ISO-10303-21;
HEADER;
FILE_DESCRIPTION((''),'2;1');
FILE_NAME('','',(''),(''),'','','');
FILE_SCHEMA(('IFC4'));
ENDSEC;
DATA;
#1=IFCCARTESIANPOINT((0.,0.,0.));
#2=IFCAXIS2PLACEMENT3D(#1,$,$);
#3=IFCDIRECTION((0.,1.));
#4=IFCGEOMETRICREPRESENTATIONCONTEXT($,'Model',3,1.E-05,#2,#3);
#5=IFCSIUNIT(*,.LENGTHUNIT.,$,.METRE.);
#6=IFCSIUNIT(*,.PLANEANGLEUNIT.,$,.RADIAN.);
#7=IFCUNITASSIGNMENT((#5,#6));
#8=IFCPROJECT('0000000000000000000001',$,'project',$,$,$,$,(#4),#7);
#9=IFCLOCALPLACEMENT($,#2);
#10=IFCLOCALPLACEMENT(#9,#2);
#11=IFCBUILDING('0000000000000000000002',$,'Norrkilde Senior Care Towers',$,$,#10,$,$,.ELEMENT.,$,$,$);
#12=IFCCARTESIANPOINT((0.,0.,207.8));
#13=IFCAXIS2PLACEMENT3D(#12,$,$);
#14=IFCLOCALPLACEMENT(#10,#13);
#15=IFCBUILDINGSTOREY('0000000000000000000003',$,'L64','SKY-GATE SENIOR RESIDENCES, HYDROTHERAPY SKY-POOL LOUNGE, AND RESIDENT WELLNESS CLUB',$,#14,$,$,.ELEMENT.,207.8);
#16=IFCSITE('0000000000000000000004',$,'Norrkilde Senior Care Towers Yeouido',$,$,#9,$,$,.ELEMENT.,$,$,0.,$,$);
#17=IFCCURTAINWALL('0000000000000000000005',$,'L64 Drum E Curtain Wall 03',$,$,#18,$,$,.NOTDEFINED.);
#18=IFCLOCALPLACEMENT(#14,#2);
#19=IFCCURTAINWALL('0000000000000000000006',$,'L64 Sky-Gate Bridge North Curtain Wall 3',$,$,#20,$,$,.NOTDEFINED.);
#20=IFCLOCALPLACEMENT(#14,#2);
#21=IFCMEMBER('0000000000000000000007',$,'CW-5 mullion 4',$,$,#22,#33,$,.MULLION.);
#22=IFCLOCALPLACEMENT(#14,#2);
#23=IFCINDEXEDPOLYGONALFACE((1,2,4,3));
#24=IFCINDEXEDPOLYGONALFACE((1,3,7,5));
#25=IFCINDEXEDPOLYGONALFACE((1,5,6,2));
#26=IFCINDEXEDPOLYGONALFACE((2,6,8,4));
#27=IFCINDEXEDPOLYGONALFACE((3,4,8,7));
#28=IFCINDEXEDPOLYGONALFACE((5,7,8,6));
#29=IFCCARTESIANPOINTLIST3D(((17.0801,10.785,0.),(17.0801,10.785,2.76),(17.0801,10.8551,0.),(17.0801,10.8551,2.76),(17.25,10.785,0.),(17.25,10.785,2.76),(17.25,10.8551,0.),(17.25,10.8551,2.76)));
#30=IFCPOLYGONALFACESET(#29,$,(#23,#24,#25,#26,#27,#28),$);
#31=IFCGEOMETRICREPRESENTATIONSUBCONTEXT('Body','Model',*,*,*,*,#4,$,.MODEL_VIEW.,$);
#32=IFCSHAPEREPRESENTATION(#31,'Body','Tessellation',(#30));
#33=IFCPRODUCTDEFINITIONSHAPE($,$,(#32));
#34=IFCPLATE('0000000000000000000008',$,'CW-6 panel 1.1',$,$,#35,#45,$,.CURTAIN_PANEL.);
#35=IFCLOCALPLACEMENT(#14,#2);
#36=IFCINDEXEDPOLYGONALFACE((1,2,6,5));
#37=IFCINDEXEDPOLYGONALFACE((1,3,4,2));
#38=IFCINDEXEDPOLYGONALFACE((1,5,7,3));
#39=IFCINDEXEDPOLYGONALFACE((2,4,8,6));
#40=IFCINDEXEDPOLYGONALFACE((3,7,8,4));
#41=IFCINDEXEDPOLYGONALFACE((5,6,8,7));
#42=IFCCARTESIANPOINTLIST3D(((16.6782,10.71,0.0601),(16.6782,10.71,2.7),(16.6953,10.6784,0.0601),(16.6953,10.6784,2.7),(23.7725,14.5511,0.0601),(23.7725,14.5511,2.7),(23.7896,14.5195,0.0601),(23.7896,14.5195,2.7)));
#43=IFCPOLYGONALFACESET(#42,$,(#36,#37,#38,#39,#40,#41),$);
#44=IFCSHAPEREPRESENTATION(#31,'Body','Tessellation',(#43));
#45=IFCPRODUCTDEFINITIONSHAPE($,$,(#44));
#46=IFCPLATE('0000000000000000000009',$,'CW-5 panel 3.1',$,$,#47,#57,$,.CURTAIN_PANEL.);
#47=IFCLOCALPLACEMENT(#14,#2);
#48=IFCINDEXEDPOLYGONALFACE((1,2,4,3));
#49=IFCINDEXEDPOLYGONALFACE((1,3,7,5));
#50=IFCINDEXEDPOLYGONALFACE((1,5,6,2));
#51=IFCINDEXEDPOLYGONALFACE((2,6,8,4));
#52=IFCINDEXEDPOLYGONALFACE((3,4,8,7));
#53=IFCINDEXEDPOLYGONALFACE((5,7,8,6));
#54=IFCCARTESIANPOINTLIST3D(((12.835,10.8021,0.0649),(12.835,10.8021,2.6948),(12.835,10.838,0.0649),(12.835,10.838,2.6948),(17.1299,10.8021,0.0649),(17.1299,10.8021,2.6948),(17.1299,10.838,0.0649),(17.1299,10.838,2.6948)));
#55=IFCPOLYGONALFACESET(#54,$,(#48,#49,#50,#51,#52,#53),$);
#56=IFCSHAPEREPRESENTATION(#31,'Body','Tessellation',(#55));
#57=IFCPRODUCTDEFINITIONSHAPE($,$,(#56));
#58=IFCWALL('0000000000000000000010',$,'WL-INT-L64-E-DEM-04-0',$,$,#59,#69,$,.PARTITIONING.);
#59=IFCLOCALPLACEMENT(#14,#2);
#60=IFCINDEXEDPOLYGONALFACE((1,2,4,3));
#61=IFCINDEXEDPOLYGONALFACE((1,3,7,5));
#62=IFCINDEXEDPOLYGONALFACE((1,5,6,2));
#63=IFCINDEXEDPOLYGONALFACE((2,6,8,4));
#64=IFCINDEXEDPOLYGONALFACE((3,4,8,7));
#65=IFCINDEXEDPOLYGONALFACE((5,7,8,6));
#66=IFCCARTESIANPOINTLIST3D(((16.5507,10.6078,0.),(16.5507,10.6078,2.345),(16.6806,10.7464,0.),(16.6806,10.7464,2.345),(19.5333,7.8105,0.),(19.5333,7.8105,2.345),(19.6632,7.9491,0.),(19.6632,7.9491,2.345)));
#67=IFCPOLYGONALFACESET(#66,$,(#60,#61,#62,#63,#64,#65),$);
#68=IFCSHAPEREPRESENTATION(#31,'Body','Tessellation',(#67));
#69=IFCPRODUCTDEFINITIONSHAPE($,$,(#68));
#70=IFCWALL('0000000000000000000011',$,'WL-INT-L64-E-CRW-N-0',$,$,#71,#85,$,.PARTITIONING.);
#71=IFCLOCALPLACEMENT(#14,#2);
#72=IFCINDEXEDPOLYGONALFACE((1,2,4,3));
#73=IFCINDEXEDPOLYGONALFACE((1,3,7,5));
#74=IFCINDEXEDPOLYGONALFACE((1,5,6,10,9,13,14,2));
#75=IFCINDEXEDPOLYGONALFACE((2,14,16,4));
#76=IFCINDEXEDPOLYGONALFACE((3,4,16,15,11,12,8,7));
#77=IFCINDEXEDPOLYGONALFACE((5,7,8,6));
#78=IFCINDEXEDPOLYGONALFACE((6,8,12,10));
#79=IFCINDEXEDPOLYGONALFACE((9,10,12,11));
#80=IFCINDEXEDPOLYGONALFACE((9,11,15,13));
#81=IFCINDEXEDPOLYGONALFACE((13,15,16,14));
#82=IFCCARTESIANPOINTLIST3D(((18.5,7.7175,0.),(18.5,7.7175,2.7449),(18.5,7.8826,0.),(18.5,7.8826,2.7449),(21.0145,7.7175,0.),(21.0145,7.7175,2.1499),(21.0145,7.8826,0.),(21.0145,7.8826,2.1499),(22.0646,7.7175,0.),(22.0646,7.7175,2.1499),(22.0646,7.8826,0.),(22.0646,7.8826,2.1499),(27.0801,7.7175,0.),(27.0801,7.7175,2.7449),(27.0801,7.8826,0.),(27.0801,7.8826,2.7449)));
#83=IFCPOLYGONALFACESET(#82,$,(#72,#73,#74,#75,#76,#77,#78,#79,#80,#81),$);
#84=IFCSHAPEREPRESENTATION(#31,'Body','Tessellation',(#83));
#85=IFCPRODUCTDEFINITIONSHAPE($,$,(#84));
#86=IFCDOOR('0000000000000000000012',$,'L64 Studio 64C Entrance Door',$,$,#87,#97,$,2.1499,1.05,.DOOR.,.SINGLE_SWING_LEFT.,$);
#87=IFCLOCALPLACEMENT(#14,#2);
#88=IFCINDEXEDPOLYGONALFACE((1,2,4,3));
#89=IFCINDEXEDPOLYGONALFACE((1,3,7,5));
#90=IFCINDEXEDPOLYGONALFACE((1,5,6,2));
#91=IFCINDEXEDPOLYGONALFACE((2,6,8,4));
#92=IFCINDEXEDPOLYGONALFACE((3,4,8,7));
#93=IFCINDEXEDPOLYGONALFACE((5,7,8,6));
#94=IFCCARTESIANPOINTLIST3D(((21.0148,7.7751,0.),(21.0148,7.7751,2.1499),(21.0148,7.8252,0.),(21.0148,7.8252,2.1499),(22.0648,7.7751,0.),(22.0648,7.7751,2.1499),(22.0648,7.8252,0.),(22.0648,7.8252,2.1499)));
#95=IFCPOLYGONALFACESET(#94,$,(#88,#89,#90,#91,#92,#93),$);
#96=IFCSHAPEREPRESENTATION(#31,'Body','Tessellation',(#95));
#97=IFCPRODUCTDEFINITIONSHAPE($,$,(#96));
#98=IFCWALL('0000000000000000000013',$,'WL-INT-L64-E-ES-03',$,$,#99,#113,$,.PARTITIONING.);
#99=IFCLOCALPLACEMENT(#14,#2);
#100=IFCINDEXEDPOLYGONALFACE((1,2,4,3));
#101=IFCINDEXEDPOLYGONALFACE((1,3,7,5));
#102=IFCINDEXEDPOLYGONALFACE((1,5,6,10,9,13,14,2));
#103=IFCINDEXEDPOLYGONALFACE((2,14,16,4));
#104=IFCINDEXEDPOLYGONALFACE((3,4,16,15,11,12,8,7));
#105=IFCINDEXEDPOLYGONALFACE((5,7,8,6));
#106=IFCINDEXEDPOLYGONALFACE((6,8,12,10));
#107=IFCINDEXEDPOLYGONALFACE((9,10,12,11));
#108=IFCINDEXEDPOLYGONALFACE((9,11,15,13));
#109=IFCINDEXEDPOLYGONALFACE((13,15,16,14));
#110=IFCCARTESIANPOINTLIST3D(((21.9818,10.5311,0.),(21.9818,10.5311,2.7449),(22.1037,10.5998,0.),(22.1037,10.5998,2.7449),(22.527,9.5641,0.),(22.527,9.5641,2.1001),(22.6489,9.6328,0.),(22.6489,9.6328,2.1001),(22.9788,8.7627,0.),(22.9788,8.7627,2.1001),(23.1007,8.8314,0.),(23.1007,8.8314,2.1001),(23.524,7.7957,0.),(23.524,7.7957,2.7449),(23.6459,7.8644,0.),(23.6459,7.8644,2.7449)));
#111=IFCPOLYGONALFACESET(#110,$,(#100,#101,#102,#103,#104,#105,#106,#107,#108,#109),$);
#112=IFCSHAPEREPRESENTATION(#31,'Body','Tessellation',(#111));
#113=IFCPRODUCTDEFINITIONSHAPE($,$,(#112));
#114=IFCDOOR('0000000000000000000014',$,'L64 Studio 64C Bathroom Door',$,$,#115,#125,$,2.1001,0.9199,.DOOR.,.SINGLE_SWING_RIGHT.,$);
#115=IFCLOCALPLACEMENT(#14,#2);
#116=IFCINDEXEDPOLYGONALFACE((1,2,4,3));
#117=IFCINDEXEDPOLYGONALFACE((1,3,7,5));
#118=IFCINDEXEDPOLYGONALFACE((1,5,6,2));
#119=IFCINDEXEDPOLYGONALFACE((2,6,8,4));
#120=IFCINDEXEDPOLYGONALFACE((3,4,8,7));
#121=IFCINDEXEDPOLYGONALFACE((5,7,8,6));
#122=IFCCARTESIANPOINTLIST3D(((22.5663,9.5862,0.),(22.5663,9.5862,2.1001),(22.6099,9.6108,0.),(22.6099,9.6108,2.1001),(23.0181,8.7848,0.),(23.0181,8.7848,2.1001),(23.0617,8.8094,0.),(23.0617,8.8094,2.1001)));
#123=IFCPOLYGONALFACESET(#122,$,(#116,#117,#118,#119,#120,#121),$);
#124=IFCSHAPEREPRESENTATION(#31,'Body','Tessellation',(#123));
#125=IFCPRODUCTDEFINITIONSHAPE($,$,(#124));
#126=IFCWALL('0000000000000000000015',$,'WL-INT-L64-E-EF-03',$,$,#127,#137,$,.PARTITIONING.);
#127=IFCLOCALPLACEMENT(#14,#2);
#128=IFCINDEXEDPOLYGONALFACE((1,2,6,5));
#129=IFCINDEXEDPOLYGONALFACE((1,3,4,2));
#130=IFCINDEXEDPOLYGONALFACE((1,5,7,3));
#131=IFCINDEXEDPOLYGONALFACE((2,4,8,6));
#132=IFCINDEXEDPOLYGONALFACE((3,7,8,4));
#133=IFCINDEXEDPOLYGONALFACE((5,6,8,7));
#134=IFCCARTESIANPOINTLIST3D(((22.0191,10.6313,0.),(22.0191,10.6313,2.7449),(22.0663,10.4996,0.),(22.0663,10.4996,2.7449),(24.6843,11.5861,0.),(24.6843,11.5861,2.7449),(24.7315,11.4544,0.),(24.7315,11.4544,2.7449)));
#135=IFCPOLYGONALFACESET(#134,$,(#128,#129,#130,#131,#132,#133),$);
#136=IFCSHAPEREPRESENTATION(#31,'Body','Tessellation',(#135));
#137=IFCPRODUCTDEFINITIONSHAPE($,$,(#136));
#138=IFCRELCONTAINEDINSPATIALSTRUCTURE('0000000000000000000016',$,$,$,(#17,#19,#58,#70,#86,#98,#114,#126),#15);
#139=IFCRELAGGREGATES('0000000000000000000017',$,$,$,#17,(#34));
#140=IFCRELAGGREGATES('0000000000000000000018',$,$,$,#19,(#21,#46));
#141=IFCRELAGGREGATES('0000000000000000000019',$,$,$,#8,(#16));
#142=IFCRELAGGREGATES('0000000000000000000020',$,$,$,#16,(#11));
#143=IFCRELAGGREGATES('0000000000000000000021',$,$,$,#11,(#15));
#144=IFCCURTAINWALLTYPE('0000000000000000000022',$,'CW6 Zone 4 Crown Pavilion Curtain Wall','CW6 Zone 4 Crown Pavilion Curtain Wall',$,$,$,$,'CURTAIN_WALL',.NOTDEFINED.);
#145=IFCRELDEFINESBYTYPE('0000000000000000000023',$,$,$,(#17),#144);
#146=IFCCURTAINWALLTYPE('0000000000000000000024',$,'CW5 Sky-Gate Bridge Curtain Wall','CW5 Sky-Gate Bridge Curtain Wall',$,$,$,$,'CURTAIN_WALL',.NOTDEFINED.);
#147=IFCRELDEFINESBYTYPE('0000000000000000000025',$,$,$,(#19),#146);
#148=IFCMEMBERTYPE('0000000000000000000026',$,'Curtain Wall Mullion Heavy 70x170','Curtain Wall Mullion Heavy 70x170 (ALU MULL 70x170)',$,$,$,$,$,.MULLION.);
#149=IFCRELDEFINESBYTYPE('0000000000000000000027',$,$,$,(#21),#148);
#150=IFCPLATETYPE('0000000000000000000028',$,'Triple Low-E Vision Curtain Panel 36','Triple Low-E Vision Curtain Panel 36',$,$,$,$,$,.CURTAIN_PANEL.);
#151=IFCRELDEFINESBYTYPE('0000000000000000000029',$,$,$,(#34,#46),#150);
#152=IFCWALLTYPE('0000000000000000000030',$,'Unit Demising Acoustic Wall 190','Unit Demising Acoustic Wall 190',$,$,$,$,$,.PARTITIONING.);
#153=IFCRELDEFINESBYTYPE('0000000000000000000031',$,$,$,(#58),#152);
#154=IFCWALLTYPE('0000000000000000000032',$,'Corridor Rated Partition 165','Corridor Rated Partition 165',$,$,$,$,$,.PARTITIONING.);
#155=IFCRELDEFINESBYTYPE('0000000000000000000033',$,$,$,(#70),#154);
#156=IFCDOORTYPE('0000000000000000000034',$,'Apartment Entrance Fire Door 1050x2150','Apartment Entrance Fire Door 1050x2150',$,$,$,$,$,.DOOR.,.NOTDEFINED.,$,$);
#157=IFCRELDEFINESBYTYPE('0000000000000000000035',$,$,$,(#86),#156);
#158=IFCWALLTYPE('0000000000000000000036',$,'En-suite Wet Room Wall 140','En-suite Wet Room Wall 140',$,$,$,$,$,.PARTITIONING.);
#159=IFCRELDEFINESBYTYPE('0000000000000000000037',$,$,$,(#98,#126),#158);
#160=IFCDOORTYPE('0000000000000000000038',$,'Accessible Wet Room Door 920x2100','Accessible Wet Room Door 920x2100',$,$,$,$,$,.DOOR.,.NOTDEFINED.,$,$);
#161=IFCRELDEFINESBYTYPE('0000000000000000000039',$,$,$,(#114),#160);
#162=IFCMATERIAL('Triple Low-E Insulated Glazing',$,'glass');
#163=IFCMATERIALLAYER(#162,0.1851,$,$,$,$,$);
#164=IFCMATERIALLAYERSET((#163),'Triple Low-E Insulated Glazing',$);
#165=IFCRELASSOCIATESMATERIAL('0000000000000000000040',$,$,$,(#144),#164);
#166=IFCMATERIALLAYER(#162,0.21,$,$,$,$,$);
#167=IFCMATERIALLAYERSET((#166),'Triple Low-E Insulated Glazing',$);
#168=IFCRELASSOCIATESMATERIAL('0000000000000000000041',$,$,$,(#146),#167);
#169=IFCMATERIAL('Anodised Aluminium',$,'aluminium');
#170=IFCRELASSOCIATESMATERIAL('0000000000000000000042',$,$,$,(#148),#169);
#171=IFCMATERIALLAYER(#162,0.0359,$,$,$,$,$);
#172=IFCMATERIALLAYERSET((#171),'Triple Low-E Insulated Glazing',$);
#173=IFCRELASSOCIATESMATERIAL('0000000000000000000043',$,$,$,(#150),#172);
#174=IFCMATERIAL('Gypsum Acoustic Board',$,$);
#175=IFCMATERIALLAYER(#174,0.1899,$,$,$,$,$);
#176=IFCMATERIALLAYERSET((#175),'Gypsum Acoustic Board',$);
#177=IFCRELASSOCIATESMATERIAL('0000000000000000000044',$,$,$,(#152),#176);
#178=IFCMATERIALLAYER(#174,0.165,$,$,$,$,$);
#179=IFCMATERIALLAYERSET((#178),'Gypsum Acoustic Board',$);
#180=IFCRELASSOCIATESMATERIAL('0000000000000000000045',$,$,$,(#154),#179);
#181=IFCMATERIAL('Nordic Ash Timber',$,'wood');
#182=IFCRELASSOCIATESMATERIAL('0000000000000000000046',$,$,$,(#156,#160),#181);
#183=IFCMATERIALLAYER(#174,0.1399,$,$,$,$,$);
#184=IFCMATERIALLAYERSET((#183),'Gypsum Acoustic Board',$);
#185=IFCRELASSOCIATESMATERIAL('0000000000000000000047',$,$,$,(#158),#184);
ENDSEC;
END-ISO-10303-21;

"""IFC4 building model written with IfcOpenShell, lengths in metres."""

from ifc_helpers import new_model, si_unit, direction, frame, frame_2d, origin, origin_2d, place, context, subcontext, project, spatial, rectangle, extrude, source, transform, mapped, material, layer, layer_set, material_profile, profile_set, type_object, type_shapes, element, fill, aggregate, save


model = new_model("IFC4")

# Units and contexts
model_context = context("Model", 3, precision=1e-05, world=origin(), true_north=direction((0.0, 1.0)))
body_context = subcontext(model_context, "Body", "Model", "MODEL_VIEW")
ifc_project = project(units=[si_unit("LENGTHUNIT", "METRE"), si_unit("PLANEANGLEUNIT", "RADIAN")], contexts=[model_context])

# Site, building, storey
site_placement = place(None, origin())
site = spatial("IfcSite", under=ifc_project, at=site_placement, Name="Norrkilde Senior Care Towers Yeouido", CompositionType="ELEMENT", RefElevation=0.0)
building_placement = place(site_placement, origin())
building = spatial("IfcBuilding", under=site, at=building_placement, Name="Norrkilde Senior Care Towers", CompositionType="ELEMENT")
storey_placement = place(building_placement, frame((0.0, 0.0, 207.8)))
storey = spatial("IfcBuildingStorey", under=building, at=storey_placement, Name="L64", Description="SKY-GATE SENIOR RESIDENCES, HYDROTHERAPY SKY-POOL LOUNGE, AND RESIDENT WELLNESS CLUB", CompositionType="ELEMENT", Elevation=207.8)

# Curtain walls, member
ifc_material_1 = material(Name="Triple Low-E Insulated Glazing", Category="glass")
ifc_layer_1 = layer(ifc_material_1, 0.1851)
ifc_layer_set_1 = layer_set([ifc_layer_1], Name="Triple Low-E Insulated Glazing")
curtain_wall_type_1 = type_object("IfcCurtainWallType", Name="CW6 Zone 4 Crown Pavilion Curtain Wall", Description="CW6 Zone 4 Crown Pavilion Curtain Wall", ElementType="CURTAIN_WALL", PredefinedType="NOTDEFINED", material=ifc_layer_set_1)
curtain_wall_1_placement = place(storey_placement, origin())
curtain_wall_1 = element("IfcCurtainWall", 1, at=curtain_wall_1_placement, inside=storey, type_object=curtain_wall_type_1, Name="L64 Drum E Curtain Wall 03", PredefinedType="NOTDEFINED")
ifc_material_2 = material(Name="Anodised Aluminium", Category="aluminium")
ifc_layer_2 = layer(ifc_material_1, 0.21)
ifc_layer_set_2 = layer_set([ifc_layer_2], Name="Triple Low-E Insulated Glazing")
curtain_wall_type_2 = type_object("IfcCurtainWallType", Name="CW5 Sky-Gate Bridge Curtain Wall", Description="CW5 Sky-Gate Bridge Curtain Wall", ElementType="CURTAIN_WALL", PredefinedType="NOTDEFINED", material=ifc_layer_set_2)
curtain_wall_2_placement = place(storey_placement, origin())
curtain_wall_2 = element("IfcCurtainWall", 2, at=curtain_wall_2_placement, inside=storey, type_object=curtain_wall_type_2, Name="L64 Sky-Gate Bridge North Curtain Wall 3", PredefinedType="NOTDEFINED")
ifc_material_profile_1 = material_profile(ifc_material_2, rectangle(XDim=0.0701, YDim=0.1699, at=origin_2d()), Name="ALU MULL 70x170")
ifc_profile_set_1 = profile_set([ifc_material_profile_1], Name="Anodised Aluminium")
member_type_1 = type_object("IfcMemberType", Name="Curtain Wall Mullion Heavy 70x170", Description="Curtain Wall Mullion Heavy 70x170 (ALU MULL 70x170)", PredefinedType="MULLION", material=ifc_profile_set_1)
shared_shape_1 = source(origin(), body_context, "Body", "SweptSolid", [
    extrude(rectangle(XDim=0.0701, YDim=0.1699, at=origin_2d()), origin(), (0.0, 0.0, 1.0), 2.76),
])
type_shapes(member_type_1, [shared_shape_1])
member_1_placement = place(storey_placement, frame((17.165, 10.8201, 0.0), z_axis=(0.0, 0.0, 1.0), x_axis=(0.0, 1.0, 0.0)))
member_1 = element("IfcMember", 3, at=member_1_placement, type_object=member_type_1, Name="CW-5 mullion 4", PredefinedType="MULLION", context=body_context, shape_type="MappedRepresentation", body=[
    mapped(shared_shape_1, transform((0.0, 0.0, 0.0), x_axis=(1.0, 0.0, 0.0), y_axis=(0.0, 1.0, 0.0), z_axis=(0.0, 0.0, 1.0), scale=1.0)),
])

# Plates
ifc_layer_3 = layer(ifc_material_1, 0.0359)
ifc_layer_set_3 = layer_set([ifc_layer_3], Name="Triple Low-E Insulated Glazing")
plate_type = type_object("IfcPlateType", Name="Triple Low-E Vision Curtain Panel 36", Description="Triple Low-E Vision Curtain Panel 36", PredefinedType="CURTAIN_PANEL", material=ifc_layer_set_3)
shared_shape_2 = source(origin(), body_context, "Body", "SweptSolid", [
    extrude(rectangle(XDim=8.0674, YDim=0.0359, at=origin_2d()), origin(), (0.0, 0.0, 1.0), 2.6399),
])
plate_1_placement = place(storey_placement, frame((20.2339, 12.6147, 0.0601), z_axis=(0.0, 0.0, 1.0), x_axis=(0.879373, 0.476133, 0.0)))
plate_1 = element("IfcPlate", 4, at=plate_1_placement, type_object=plate_type, Name="CW-6 panel 1.1", PredefinedType="CURTAIN_PANEL", context=body_context, shape_type="MappedRepresentation", body=[
    mapped(shared_shape_2, transform((0.0, 0.0, 0.0), x_axis=(1.0, 0.0, 0.0), y_axis=(0.0, 1.0, 0.0), z_axis=(0.0, 0.0, 1.0), scale=1.0)),
])
aggregate(curtain_wall_1, [plate_1])
shared_shape_3 = source(origin(), body_context, "Body", "SweptSolid", [
    extrude(rectangle(XDim=4.2949, YDim=0.0359, at=origin_2d()), origin(), (0.0, 0.0, 1.0), 2.6299),
])
type_shapes(plate_type, [shared_shape_2, shared_shape_3])
plate_2_placement = place(storey_placement, frame((14.9824, 10.8201, 0.0649), z_axis=(0.0, 0.0, 1.0), x_axis=(1.0, 0.0, 0.0)))
plate_2 = element("IfcPlate", 5, at=plate_2_placement, type_object=plate_type, Name="CW-5 panel 3.1", PredefinedType="CURTAIN_PANEL", context=body_context, shape_type="MappedRepresentation", body=[
    mapped(shared_shape_3, transform((0.0, 0.0, 0.0), x_axis=(1.0, 0.0, 0.0), y_axis=(0.0, 1.0, 0.0), z_axis=(0.0, 0.0, 1.0), scale=1.0)),
])
aggregate(curtain_wall_2, [member_1, plate_2])

# Wall
ifc_material_3 = material(Name="Gypsum Acoustic Board")
ifc_layer_4 = layer(ifc_material_3, 0.1899)
ifc_layer_set_4 = layer_set([ifc_layer_4], Name="Gypsum Acoustic Board")
wall_type_1 = type_object("IfcWallType", Name="Unit Demising Acoustic Wall 190", Description="Unit Demising Acoustic Wall 190", PredefinedType="PARTITIONING", material=ifc_layer_set_4)
shared_shape_4 = source(origin(), body_context, "Body", "SweptSolid", [
    extrude(rectangle(XDim=4.0891, YDim=0.1899, at=frame_2d((2.0444, 0.0))), origin(), (0.0, 0.0, 1.0), 2.345),
])
type_shapes(wall_type_1, [shared_shape_4])
wall_1_placement = place(storey_placement, frame((19.5981, 7.8799, 0.0), z_axis=(0.0, 0.0, 1.0), x_axis=(-0.729401, 0.684086, 0.0)))
element("IfcWall", 6, at=wall_1_placement, inside=storey, type_object=wall_type_1, Name="WL-INT-L64-E-DEM-04-0", PredefinedType="PARTITIONING", context=body_context, shape_type="MappedRepresentation", body=[
    mapped(shared_shape_4, transform((0.0, 0.0, 0.0), x_axis=(1.0, 0.0, 0.0), y_axis=(0.0, 1.0, 0.0), z_axis=(0.0, 0.0, 1.0), scale=1.0)),
])

# Walls, openings, doors
ifc_layer_5 = layer(ifc_material_3, 0.165)
ifc_layer_set_5 = layer_set([ifc_layer_5], Name="Gypsum Acoustic Board")
wall_type_2 = type_object("IfcWallType", Name="Corridor Rated Partition 165", Description="Corridor Rated Partition 165", PredefinedType="PARTITIONING", material=ifc_layer_set_5)
shared_shape_5 = source(origin(), body_context, "Body", "SweptSolid", [
    extrude(rectangle(XDim=8.5801, YDim=0.165, at=frame_2d((4.29, 0.0))), origin(), (0.0, 0.0, 1.0), 2.7449),
])
type_shapes(wall_type_2, [shared_shape_5])
wall_2_placement = place(storey_placement, frame((18.5, 7.8, 0.0), z_axis=(0.0, 0.0, 1.0), x_axis=(1.0, 0.0, 0.0)))
wall_2 = element("IfcWall", 7, at=wall_2_placement, inside=storey, type_object=wall_type_2, Name="WL-INT-L64-E-CRW-N-0", PredefinedType="PARTITIONING", context=body_context, shape_type="MappedRepresentation", body=[
    mapped(shared_shape_5, transform((0.0, 0.0, 0.0), x_axis=(1.0, 0.0, 0.0), y_axis=(0.0, 1.0, 0.0), z_axis=(0.0, 0.0, 1.0), scale=1.0)),
])
opening_1_placement = place(wall_2_placement, frame((2.5146, 0.0, 0.0)))
opening_1 = element("IfcOpeningElement", 8, at=opening_1_placement, cuts=wall_2, PredefinedType="OPENING", context=body_context, shape_type="SweptSolid", body=[
    extrude(rectangle(XDim=1.05, YDim=2.1499, at=frame_2d((0.5249, 1.075))), frame((0.0, 0.0925, 0.0), z_axis=(0.0, -1.0, 0.0), x_axis=(1.0, 0.0, 0.0)), (0.0, 0.0, 1.0), 0.1851),
])
ifc_material_4 = material(Name="Nordic Ash Timber", Category="wood")
door_type_1 = type_object("IfcDoorType", Name="Apartment Entrance Fire Door 1050x2150", Description="Apartment Entrance Fire Door 1050x2150", OperationType="NOTDEFINED", PredefinedType="DOOR", material=ifc_material_4)
shared_shape_6 = source(origin(), body_context, "Body", "SweptSolid", [
    extrude(rectangle(XDim=1.05, YDim=2.1499, at=frame_2d((0.5249, 1.075))), frame((0.0, 0.0249, 0.0), z_axis=(0.0, -1.0, 0.0), x_axis=(1.0, 0.0, 0.0)), (0.0, 0.0, 1.0), 0.05),
])
type_shapes(door_type_1, [shared_shape_6])
door_1_placement = place(opening_1_placement, frame((1.05, 0.0, 0.0), z_axis=(0.0, 0.0, 1.0), x_axis=(-1.0, 0.0, 0.0)))
door_1 = element("IfcDoor", 9, at=door_1_placement, inside=storey, type_object=door_type_1, Name="L64 Studio 64C Entrance Door", OperationType="SINGLE_SWING_LEFT", OverallHeight=2.1499, OverallWidth=1.05, PredefinedType="DOOR", context=body_context, shape_type="MappedRepresentation", body=[
    mapped(shared_shape_6, transform((0.0, 0.0, 0.0), x_axis=(1.0, 0.0, 0.0), y_axis=(0.0, 1.0, 0.0), z_axis=(0.0, 0.0, 1.0), scale=1.0)),
])
fill(opening_1, door_1)
ifc_layer_6 = layer(ifc_material_3, 0.1399)
ifc_layer_set_6 = layer_set([ifc_layer_6], Name="Gypsum Acoustic Board")
wall_type_3 = type_object("IfcWallType", Name="En-suite Wet Room Wall 140", Description="En-suite Wet Room Wall 140", PredefinedType="PARTITIONING", material=ifc_layer_set_6)
shared_shape_7 = source(origin(), body_context, "Body", "SweptSolid", [
    extrude(rectangle(XDim=3.1401, YDim=0.1399, at=frame_2d((1.5701, 0.0))), origin(), (0.0, 0.0, 1.0), 2.7449),
])
wall_3_placement = place(storey_placement, frame((23.585, 7.8301, 0.0), z_axis=(0.0, 0.0, 1.0), x_axis=(-0.491132, 0.871085, 0.0)))
wall_3 = element("IfcWall", 10, at=wall_3_placement, inside=storey, type_object=wall_type_3, Name="WL-INT-L64-E-ES-03", PredefinedType="PARTITIONING", context=body_context, shape_type="MappedRepresentation", body=[
    mapped(shared_shape_7, transform((0.0, 0.0, 0.0), x_axis=(1.0, 0.0, 0.0), y_axis=(0.0, 1.0, 0.0), z_axis=(0.0, 0.0, 1.0), scale=1.0)),
])
opening_2_placement = place(wall_3_placement, frame((1.1101, 0.0, 0.0)))
opening_2 = element("IfcOpeningElement", 11, at=opening_2_placement, cuts=wall_3, PredefinedType="OPENING", context=body_context, shape_type="SweptSolid", body=[
    extrude(rectangle(XDim=0.9199, YDim=2.1001, at=frame_2d((0.46, 1.05))), frame((0.0, 0.0798, 0.0), z_axis=(0.0, -1.0, 0.0), x_axis=(1.0, 0.0, 0.0)), (0.0, 0.0, 1.0), 0.1599),
])
door_type_2 = type_object("IfcDoorType", Name="Accessible Wet Room Door 920x2100", Description="Accessible Wet Room Door 920x2100", OperationType="NOTDEFINED", PredefinedType="DOOR", material=ifc_material_4)
shared_shape_8 = source(origin(), body_context, "Body", "SweptSolid", [
    extrude(rectangle(XDim=0.9199, YDim=2.1001, at=frame_2d((0.46, 1.05))), frame((0.0, 0.0249, 0.0), z_axis=(0.0, -1.0, 0.0), x_axis=(1.0, 0.0, 0.0)), (0.0, 0.0, 1.0), 0.05),
])
type_shapes(door_type_2, [shared_shape_8])
door_2_placement = place(opening_2_placement, origin())
door_2 = element("IfcDoor", 12, at=door_2_placement, inside=storey, type_object=door_type_2, Name="L64 Studio 64C Bathroom Door", OperationType="SINGLE_SWING_RIGHT", OverallHeight=2.1001, OverallWidth=0.9199, PredefinedType="DOOR", context=body_context, shape_type="MappedRepresentation", body=[
    mapped(shared_shape_8, transform((0.0, 0.0, 0.0), x_axis=(1.0, 0.0, 0.0), y_axis=(0.0, 1.0, 0.0), z_axis=(0.0, 0.0, 1.0), scale=1.0)),
])
fill(opening_2, door_2)

# Wall
shared_shape_9 = source(origin(), body_context, "Body", "SweptSolid", [
    extrude(rectangle(XDim=2.8311, YDim=0.1399, at=frame_2d((1.4155, 0.0))), origin(), (0.0, 0.0, 1.0), 2.7449),
])
type_shapes(wall_type_3, [shared_shape_7, shared_shape_9])
wall_4_placement = place(storey_placement, frame((22.0427, 10.5654, 0.0), z_axis=(0.0, 0.0, 1.0), x_axis=(0.941412, 0.337259, 0.0)))
element("IfcWall", 13, at=wall_4_placement, inside=storey, type_object=wall_type_3, Name="WL-INT-L64-E-EF-03", PredefinedType="PARTITIONING", context=body_context, shape_type="MappedRepresentation", body=[
    mapped(shared_shape_9, transform((0.0, 0.0, 0.0), x_axis=(1.0, 0.0, 0.0), y_axis=(0.0, 1.0, 0.0), z_axis=(0.0, 0.0, 1.0), scale=1.0)),
])

save(model, "model.ifc")
